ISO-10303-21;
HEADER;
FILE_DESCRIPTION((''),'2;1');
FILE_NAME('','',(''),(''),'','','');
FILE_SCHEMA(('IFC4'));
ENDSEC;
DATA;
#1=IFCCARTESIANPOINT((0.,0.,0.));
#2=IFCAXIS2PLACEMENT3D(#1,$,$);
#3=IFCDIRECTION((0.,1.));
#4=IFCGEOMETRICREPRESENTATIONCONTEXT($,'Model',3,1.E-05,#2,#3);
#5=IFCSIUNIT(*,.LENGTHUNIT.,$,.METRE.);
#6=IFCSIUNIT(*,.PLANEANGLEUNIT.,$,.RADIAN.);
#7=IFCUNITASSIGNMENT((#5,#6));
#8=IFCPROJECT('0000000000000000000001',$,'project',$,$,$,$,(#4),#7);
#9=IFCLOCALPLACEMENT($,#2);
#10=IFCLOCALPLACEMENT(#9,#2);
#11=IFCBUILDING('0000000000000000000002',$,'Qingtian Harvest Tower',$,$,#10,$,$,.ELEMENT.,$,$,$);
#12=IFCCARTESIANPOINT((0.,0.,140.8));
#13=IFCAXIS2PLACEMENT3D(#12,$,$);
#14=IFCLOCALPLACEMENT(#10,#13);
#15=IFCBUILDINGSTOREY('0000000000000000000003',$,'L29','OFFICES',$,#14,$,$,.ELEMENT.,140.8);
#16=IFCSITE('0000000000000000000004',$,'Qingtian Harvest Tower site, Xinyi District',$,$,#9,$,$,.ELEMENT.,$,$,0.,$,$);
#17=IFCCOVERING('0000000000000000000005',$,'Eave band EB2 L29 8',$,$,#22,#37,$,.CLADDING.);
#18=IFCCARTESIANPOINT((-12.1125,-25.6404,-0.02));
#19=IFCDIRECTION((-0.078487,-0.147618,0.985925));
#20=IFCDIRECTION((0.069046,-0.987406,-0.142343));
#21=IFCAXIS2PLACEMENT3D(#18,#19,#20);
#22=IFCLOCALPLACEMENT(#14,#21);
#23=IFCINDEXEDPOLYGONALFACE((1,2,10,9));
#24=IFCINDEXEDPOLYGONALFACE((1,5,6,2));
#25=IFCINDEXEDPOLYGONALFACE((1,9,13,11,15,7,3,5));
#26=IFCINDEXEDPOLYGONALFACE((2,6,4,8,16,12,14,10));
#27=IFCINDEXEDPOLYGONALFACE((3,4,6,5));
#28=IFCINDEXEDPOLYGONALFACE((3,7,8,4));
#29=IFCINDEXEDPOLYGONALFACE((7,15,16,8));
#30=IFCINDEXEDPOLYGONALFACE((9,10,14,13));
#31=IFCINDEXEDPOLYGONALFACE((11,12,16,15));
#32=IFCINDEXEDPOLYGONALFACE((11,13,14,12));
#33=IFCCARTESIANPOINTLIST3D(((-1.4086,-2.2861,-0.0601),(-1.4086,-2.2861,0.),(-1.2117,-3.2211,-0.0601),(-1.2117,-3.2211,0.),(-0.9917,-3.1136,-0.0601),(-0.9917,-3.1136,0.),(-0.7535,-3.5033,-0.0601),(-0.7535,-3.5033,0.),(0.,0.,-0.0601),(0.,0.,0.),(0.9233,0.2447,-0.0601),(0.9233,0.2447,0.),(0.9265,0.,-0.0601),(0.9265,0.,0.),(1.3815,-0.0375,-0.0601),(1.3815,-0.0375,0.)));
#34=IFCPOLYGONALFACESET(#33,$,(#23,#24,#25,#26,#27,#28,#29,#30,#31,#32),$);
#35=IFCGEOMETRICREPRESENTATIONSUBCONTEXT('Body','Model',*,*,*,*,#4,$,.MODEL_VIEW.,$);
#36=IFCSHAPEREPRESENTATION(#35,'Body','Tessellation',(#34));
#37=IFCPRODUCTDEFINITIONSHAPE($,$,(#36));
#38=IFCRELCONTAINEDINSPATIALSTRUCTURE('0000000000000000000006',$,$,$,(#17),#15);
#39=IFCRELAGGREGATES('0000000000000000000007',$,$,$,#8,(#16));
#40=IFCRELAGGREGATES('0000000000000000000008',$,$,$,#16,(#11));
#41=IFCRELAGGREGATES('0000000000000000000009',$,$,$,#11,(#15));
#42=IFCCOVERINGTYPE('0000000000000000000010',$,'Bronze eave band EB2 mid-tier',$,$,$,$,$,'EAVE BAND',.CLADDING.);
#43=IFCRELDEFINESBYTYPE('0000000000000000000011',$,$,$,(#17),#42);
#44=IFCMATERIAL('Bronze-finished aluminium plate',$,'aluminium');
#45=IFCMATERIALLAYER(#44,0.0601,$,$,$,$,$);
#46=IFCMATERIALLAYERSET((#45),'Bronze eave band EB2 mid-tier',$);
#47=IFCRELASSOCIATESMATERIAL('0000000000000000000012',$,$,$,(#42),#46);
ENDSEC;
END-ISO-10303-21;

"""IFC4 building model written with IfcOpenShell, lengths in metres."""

from ifc_helpers import new_model, si_unit, direction, frame, origin, place, context, subcontext, project, spatial, polyline, outline, extrude, material, layer, layer_set, type_object, element, save


model = new_model("IFC4")

# Units and contexts
model_context = context("Model", 3, precision=1e-05, world=origin(), true_north=direction((0.0, 1.0)))
body_context = subcontext(model_context, "Body", "Model", "MODEL_VIEW")
ifc_project = project(units=[si_unit("LENGTHUNIT", "METRE"), si_unit("PLANEANGLEUNIT", "RADIAN")], contexts=[model_context])

# Site, building, storey
site_placement = place(None, origin())
site = spatial("IfcSite", under=ifc_project, at=site_placement, Name="Qingtian Harvest Tower site, Xinyi District", CompositionType="ELEMENT", RefElevation=0.0)
building_placement = place(site_placement, origin())
building = spatial("IfcBuilding", under=site, at=building_placement, Name="Qingtian Harvest Tower", CompositionType="ELEMENT")
storey_placement = place(building_placement, frame((0.0, 0.0, 140.8)))
storey = spatial("IfcBuildingStorey", under=building, at=storey_placement, Name="L29", Description="OFFICES", CompositionType="ELEMENT", Elevation=140.8)

# Covering
ifc_material_1 = material(Name="Bronze-finished aluminium plate", Category="aluminium")
ifc_layer_1 = layer(ifc_material_1, 0.0601)
ifc_layer_set_1 = layer_set([ifc_layer_1], Name="Bronze eave band EB2 mid-tier")
covering_type = type_object("IfcCoveringType", Name="Bronze eave band EB2 mid-tier", ElementType="EAVE BAND", PredefinedType="CLADDING", material=ifc_layer_set_1)
covering_placement = place(storey_placement, frame((-12.1125, -25.6404, -0.02), z_axis=(-0.078487, -0.147618, 0.985925), x_axis=(0.069046, -0.987406, -0.142343)))
element("IfcCovering", 1, at=covering_placement, inside=storey, type_object=covering_type, Name="Eave band EB2 L29 8", PredefinedType="CLADDING", context=body_context, shape_type="SweptSolid", body=[
    extrude(outline(polyline([(0.0, 0.0), (0.9265, 0.0), (0.9233, 0.2447), (1.3815, -0.0375), (-0.7535, -3.5033), (-1.2117, -3.2211), (-0.9917, -3.1136), (-1.4086, -2.2861), (0.0, 0.0)])), origin(), (0.0, 0.0, -1.0), 0.0601),
])

save(model, "model.ifc")
